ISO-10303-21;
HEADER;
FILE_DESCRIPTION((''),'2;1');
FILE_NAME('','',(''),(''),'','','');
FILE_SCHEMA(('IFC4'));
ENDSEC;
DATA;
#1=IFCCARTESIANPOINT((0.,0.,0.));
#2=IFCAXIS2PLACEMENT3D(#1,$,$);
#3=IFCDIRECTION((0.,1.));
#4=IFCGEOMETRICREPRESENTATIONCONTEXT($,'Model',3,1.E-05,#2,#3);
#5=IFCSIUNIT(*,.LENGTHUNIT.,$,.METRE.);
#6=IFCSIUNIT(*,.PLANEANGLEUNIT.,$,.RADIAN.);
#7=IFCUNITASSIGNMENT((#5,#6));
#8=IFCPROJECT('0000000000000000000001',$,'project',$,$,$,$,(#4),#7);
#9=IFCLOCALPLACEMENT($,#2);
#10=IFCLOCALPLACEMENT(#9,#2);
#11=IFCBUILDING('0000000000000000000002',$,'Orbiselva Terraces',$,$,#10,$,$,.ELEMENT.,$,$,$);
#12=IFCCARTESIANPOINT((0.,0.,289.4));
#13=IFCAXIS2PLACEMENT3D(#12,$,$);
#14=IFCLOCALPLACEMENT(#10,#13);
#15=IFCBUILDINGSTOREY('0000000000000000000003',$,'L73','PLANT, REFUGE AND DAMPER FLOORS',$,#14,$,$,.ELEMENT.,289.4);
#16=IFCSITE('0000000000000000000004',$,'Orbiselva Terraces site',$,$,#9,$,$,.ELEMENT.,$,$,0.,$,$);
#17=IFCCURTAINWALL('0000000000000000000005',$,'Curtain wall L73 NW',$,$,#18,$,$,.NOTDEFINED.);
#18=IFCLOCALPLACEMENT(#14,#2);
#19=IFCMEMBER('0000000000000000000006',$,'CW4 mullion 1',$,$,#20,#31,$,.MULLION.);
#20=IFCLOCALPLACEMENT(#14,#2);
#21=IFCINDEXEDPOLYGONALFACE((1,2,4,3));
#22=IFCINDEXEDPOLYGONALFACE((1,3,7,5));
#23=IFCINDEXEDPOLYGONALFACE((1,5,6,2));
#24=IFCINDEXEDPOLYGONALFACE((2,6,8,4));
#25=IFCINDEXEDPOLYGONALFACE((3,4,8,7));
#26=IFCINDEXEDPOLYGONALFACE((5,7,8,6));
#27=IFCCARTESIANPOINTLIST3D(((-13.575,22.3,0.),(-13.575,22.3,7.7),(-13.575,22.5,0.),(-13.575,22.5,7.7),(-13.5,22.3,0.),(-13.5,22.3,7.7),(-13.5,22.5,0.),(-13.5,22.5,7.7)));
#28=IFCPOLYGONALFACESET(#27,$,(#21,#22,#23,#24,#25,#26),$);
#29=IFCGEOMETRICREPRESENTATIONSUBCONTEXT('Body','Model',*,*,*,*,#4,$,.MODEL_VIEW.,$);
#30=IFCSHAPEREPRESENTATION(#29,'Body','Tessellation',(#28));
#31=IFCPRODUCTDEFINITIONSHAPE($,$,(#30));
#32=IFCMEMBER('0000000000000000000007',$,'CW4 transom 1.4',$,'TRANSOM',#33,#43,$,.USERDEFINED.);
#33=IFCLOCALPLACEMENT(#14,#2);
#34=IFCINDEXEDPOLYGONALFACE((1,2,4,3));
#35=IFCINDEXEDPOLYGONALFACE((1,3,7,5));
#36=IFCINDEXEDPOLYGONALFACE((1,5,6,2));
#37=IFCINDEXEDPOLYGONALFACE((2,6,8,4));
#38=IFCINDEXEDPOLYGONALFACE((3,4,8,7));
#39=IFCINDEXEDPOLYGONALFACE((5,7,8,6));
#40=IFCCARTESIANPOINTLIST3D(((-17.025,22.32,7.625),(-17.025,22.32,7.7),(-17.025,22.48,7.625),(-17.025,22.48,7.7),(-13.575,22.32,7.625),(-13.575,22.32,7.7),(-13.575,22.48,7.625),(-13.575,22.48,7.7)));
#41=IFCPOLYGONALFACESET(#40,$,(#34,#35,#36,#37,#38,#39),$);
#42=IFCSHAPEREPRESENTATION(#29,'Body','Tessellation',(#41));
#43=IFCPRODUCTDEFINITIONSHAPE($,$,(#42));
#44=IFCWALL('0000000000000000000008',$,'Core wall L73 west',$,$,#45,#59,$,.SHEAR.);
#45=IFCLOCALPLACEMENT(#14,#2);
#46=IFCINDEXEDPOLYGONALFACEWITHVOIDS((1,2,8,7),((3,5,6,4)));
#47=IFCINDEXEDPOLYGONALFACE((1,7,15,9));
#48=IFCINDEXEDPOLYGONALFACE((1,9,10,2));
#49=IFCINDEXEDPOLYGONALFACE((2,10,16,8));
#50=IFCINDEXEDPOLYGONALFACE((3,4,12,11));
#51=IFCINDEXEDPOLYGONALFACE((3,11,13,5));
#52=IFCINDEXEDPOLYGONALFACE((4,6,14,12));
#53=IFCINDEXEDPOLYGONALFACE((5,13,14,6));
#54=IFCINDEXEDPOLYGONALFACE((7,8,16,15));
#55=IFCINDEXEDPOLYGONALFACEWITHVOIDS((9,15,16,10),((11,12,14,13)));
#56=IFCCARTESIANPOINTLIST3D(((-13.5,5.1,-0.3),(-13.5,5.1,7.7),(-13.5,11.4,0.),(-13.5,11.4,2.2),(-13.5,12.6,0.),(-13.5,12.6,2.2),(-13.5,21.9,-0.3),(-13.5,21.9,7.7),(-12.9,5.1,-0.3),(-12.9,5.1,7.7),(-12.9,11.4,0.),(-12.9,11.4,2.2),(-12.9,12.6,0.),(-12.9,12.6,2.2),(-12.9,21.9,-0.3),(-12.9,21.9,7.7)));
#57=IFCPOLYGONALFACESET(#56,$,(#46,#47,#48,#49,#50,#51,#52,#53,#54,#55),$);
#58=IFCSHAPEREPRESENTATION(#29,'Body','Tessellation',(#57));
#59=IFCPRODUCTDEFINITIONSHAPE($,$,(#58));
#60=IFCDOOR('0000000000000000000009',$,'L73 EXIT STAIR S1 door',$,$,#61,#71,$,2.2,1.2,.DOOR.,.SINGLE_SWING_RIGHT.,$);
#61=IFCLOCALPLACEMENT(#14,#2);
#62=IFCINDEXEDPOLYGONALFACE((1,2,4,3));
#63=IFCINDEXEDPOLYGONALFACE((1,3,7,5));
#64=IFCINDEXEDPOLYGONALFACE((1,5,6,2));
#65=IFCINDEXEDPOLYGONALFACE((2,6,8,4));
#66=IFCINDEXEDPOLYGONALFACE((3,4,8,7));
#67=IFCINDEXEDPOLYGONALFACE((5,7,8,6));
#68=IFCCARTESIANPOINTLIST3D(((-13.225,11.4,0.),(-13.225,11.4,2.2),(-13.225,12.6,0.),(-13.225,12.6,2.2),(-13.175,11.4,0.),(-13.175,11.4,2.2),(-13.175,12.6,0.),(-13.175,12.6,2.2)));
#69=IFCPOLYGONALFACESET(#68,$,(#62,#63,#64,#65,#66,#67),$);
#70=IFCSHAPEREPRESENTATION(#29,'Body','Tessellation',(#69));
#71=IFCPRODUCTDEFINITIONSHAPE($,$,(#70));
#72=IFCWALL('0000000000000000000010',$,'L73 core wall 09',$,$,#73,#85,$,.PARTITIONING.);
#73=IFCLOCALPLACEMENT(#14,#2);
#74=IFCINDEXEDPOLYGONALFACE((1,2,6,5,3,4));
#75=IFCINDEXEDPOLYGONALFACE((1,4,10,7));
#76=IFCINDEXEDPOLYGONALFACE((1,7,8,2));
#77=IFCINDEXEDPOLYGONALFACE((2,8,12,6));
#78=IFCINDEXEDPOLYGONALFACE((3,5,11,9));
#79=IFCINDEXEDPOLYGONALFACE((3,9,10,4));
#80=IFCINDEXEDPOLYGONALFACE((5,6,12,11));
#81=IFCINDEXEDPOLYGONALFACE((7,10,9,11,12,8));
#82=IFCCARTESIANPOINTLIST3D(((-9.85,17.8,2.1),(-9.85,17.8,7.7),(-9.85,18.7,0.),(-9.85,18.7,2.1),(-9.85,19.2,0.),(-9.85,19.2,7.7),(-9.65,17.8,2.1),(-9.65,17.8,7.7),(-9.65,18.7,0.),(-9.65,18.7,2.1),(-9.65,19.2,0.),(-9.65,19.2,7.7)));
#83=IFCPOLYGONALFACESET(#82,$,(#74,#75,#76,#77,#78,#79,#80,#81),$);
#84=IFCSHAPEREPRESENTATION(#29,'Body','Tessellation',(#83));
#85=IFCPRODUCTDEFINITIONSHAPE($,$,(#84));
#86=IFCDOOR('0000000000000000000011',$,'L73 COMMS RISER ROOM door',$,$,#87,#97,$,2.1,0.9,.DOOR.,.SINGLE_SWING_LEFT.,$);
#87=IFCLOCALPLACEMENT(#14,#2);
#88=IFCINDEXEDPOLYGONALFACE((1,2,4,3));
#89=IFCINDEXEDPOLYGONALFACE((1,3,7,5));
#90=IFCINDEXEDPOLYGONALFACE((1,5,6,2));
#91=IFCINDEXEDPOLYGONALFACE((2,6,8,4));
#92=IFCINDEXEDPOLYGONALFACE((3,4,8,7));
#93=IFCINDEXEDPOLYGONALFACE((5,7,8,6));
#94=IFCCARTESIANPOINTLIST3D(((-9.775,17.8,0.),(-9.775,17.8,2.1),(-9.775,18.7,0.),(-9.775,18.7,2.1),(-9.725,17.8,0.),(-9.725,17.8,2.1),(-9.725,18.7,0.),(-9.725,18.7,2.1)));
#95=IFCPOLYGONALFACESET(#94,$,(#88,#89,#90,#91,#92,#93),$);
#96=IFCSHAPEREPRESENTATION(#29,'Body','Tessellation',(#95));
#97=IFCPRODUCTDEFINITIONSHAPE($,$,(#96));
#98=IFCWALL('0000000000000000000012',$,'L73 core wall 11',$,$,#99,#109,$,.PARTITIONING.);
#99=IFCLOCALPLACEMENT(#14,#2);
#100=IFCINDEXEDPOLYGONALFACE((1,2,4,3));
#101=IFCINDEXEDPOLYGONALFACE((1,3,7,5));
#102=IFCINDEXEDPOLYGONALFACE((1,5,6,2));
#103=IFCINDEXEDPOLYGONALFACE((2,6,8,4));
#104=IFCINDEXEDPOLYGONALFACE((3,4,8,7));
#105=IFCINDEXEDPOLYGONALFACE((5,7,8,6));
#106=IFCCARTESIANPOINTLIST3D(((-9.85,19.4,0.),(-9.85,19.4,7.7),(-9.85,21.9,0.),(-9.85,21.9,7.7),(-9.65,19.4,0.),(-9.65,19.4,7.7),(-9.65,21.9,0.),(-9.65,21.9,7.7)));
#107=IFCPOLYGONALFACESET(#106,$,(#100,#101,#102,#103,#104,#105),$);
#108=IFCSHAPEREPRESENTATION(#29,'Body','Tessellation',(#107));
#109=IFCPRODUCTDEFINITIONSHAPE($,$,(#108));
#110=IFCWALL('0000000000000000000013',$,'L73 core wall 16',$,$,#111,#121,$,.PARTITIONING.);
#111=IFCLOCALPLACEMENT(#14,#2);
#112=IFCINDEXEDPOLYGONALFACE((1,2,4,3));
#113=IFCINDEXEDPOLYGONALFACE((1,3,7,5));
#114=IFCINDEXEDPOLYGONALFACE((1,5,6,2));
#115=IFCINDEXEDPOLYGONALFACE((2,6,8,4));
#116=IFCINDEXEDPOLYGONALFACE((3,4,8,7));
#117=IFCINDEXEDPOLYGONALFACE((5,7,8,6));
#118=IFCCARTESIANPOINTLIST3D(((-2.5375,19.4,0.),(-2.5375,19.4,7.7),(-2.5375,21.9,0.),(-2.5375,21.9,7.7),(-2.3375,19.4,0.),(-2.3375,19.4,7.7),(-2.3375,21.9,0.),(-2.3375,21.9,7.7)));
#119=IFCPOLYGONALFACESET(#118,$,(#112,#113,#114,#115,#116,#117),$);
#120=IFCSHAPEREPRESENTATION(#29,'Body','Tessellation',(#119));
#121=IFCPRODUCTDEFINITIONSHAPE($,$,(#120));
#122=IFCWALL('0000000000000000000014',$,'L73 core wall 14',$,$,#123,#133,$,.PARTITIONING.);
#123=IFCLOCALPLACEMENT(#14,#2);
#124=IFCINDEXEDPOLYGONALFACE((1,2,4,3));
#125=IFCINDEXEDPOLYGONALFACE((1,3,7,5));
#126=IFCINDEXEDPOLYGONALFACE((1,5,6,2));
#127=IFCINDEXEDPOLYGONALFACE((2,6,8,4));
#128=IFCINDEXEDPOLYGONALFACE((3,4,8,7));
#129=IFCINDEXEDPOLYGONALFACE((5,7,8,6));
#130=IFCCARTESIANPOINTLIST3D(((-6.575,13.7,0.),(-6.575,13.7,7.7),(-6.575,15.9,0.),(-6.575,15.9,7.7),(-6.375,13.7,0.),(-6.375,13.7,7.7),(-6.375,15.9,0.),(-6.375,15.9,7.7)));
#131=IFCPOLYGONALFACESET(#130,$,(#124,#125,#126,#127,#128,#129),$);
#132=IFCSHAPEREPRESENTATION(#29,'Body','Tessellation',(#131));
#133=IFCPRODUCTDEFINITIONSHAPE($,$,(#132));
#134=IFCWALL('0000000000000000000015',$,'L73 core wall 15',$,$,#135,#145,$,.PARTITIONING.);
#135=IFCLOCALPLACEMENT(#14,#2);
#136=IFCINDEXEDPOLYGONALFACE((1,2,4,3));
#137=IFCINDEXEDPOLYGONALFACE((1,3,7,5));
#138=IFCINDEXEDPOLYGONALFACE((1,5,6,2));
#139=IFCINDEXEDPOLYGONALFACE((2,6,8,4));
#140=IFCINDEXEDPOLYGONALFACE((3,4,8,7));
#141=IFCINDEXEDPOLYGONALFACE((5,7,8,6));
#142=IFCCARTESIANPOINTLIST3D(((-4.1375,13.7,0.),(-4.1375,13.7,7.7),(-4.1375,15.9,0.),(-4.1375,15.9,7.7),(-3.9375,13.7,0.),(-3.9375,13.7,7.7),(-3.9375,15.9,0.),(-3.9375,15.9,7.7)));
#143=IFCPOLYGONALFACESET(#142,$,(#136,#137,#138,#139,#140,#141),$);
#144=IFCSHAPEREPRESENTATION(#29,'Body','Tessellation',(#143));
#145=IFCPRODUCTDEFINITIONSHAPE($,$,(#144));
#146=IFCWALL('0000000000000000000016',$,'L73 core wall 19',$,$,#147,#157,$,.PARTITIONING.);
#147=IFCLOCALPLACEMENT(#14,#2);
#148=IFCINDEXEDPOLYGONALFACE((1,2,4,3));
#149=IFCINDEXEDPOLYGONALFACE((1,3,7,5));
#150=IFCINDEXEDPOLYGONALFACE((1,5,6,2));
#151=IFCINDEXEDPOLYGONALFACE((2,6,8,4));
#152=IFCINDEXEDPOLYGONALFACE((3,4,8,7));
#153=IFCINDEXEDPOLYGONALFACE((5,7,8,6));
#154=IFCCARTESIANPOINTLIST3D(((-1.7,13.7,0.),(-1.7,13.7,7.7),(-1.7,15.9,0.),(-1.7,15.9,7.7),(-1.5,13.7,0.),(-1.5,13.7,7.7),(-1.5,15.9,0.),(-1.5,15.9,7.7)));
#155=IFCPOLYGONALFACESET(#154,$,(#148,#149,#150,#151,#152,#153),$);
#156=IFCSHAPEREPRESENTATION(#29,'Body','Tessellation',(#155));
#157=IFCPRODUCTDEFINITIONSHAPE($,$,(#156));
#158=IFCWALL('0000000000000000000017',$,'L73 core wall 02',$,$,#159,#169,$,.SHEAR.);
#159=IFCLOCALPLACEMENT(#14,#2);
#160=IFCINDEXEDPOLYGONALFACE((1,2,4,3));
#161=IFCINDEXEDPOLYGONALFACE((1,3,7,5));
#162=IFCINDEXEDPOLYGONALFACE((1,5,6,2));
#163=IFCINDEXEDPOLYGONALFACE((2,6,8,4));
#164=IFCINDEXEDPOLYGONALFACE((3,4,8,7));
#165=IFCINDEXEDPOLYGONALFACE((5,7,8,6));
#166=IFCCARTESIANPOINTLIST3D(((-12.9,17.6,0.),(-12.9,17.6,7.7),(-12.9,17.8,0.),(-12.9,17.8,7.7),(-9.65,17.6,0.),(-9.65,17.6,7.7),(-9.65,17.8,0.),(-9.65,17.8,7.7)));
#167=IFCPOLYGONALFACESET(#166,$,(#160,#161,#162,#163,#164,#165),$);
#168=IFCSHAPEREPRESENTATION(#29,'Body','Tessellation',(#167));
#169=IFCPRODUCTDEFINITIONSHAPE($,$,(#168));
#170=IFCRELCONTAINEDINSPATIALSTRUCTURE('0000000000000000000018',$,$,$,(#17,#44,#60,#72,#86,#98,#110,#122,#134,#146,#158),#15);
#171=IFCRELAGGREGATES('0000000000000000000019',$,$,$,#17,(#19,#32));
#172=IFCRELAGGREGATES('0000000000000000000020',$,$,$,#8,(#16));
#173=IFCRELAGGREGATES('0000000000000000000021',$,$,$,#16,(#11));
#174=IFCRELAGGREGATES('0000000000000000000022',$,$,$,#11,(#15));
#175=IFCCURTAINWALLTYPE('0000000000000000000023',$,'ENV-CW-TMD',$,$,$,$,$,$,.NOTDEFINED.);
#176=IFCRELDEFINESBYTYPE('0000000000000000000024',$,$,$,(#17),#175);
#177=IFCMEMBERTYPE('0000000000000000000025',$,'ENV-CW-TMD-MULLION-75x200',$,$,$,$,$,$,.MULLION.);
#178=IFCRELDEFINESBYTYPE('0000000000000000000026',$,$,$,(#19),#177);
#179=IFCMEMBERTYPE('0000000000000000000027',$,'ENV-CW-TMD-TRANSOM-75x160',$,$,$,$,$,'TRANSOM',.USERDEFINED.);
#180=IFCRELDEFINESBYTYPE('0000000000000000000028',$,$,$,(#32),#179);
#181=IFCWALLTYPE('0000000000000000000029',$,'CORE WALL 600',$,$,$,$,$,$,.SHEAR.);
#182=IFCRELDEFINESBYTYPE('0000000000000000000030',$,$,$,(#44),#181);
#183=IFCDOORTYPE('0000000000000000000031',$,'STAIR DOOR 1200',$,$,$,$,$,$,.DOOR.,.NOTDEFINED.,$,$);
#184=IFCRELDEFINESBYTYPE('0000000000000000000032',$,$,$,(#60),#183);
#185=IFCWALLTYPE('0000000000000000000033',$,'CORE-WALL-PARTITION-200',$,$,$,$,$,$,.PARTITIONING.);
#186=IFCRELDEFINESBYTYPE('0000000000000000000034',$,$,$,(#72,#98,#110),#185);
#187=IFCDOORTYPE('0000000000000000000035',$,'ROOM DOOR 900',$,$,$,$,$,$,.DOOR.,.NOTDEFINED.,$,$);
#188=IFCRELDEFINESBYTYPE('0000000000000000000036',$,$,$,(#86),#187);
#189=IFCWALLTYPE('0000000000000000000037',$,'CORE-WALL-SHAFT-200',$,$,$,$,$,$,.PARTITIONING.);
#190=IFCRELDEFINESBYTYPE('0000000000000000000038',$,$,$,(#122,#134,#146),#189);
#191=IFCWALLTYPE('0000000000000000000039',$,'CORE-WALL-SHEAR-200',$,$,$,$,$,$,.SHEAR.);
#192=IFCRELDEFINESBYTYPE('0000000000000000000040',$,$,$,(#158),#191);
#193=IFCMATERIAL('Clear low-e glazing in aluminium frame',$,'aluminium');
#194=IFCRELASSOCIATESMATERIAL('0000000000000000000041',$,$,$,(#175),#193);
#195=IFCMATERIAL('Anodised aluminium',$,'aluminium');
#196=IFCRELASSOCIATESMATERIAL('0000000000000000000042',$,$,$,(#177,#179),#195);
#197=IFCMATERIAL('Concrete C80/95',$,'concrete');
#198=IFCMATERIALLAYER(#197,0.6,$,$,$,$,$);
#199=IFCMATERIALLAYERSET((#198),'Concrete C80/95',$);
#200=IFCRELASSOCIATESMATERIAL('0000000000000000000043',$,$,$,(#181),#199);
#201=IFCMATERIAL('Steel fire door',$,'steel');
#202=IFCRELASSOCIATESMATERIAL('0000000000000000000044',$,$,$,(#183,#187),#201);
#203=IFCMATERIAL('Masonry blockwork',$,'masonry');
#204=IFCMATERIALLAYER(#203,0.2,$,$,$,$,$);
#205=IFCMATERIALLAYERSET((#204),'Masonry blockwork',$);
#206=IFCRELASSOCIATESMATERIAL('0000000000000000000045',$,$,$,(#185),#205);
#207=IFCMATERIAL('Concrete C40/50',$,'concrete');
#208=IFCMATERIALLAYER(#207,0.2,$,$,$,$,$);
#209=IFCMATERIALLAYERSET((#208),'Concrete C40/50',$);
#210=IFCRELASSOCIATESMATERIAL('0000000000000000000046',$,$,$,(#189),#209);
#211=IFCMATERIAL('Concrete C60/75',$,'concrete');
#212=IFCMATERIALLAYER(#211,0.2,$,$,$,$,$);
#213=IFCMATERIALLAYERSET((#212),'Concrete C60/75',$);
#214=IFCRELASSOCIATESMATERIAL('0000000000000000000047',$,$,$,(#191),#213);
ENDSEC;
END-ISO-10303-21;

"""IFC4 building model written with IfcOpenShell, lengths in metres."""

from ifc_helpers import new_model, si_unit, direction, frame, frame_2d, origin, origin_2d, place, context, subcontext, project, spatial, rectangle, extrude, material, layer, layer_set, material_profile, profile_set, type_object, element, fill, aggregate, save


model = new_model("IFC4")

# Units and contexts
model_context = context("Model", 3, precision=1e-05, world=origin(), true_north=direction((0.0, 1.0)))
body_context = subcontext(model_context, "Body", "Model", "MODEL_VIEW")
ifc_project = project(units=[si_unit("LENGTHUNIT", "METRE"), si_unit("PLANEANGLEUNIT", "RADIAN")], contexts=[model_context])

# Site, building, storey
site_placement = place(None, origin())
site = spatial("IfcSite", under=ifc_project, at=site_placement, Name="Orbiselva Terraces site", CompositionType="ELEMENT", RefElevation=0.0)
building_placement = place(site_placement, origin())
building = spatial("IfcBuilding", under=site, at=building_placement, Name="Orbiselva Terraces", CompositionType="ELEMENT")
storey_placement = place(building_placement, frame((0.0, 0.0, 289.4)))
storey = spatial("IfcBuildingStorey", under=building, at=storey_placement, Name="L73", Description="PLANT, REFUGE AND DAMPER FLOORS", CompositionType="ELEMENT", Elevation=289.4)

# Curtain wall, members
ifc_material_1 = material(Name="Clear low-e glazing in aluminium frame", Category="aluminium")
curtain_wall_type = type_object("IfcCurtainWallType", Name="ENV-CW-TMD", PredefinedType="NOTDEFINED", material=ifc_material_1)
curtain_wall_placement = place(storey_placement, origin())
curtain_wall = element("IfcCurtainWall", 1, at=curtain_wall_placement, inside=storey, type_object=curtain_wall_type, Name="Curtain wall L73 NW", PredefinedType="NOTDEFINED")
ifc_material_2 = material(Name="Anodised aluminium", Category="aluminium")
ifc_material_profile_1 = material_profile(ifc_material_2, rectangle(XDim=0.2, YDim=0.075, at=origin_2d()), Name="AL 75x200")
ifc_profile_set_1 = profile_set([ifc_material_profile_1], Name="Anodised aluminium")
member_type_1 = type_object("IfcMemberType", Name="ENV-CW-TMD-MULLION-75x200", PredefinedType="MULLION", material=ifc_profile_set_1)
member_1_placement = place(storey_placement, frame((-13.5375, 22.4, 0.0), z_axis=(0.0, 0.0, 1.0), x_axis=(0.0, -1.0, 0.0)))
member_1 = element("IfcMember", 2, at=member_1_placement, type_object=member_type_1, Name="CW4 mullion 1", PredefinedType="MULLION", context=body_context, shape_type="SweptSolid", body=[
    extrude(rectangle(XDim=0.2, YDim=0.075, at=origin_2d()), origin(), (0.0, 0.0, 1.0), 7.7),
])
ifc_material_profile_2 = material_profile(ifc_material_2, rectangle(XDim=0.16, YDim=0.075, at=origin_2d()), Name="AL 75x160")
ifc_profile_set_2 = profile_set([ifc_material_profile_2], Name="Anodised aluminium")
member_type_2 = type_object("IfcMemberType", Name="ENV-CW-TMD-TRANSOM-75x160", ElementType="TRANSOM", PredefinedType="USERDEFINED", material=ifc_profile_set_2)
member_2_placement = place(storey_placement, frame((-13.575, 22.4, 7.6625), z_axis=(-1.0, 0.0, 0.0), x_axis=(0.0, -1.0, 0.0)))
member_2 = element("IfcMember", 3, at=member_2_placement, type_object=member_type_2, Name="CW4 transom 1.4", ObjectType="TRANSOM", PredefinedType="USERDEFINED", context=body_context, shape_type="SweptSolid", body=[
    extrude(rectangle(XDim=0.16, YDim=0.075, at=origin_2d()), origin(), (0.0, 0.0, 1.0), 3.45),
])
aggregate(curtain_wall, [member_1, member_2])

# Walls, openings, doors
ifc_material_3 = material(Name="Concrete C80/95", Category="concrete")
ifc_layer_1 = layer(ifc_material_3, 0.6)
ifc_layer_set_1 = layer_set([ifc_layer_1], Name="Concrete C80/95")
wall_type_1 = type_object("IfcWallType", Name="CORE WALL 600", PredefinedType="SHEAR", material=ifc_layer_set_1)
wall_1_placement = place(storey_placement, frame((-13.2, 21.9, -0.3), z_axis=(0.0, 0.0, 1.0), x_axis=(0.0, -1.0, 0.0)))
wall_1 = element("IfcWall", 4, at=wall_1_placement, inside=storey, type_object=wall_type_1, Name="Core wall L73 west", PredefinedType="SHEAR", context=body_context, shape_type="SweptSolid", body=[
    extrude(rectangle(XDim=16.8, YDim=0.6, at=frame_2d((8.4, 0.0))), origin(), (0.0, 0.0, 1.0), 8.0),
])
opening_1_placement = place(wall_1_placement, frame((9.3, 0.0, 0.3)))
opening_1 = element("IfcOpeningElement", 5, at=opening_1_placement, cuts=wall_1, PredefinedType="OPENING", context=body_context, shape_type="SweptSolid", body=[
    extrude(rectangle(XDim=1.2, YDim=2.2, at=frame_2d((0.6, 1.1))), frame((0.0, 0.31, 0.0), z_axis=(0.0, -1.0, 0.0), x_axis=(1.0, 0.0, 0.0)), (0.0, 0.0, 1.0), 0.62),
])
ifc_material_4 = material(Name="Steel fire door", Category="steel")
door_type_1 = type_object("IfcDoorType", Name="STAIR DOOR 1200", OperationType="NOTDEFINED", PredefinedType="DOOR", material=ifc_material_4)
door_1_placement = place(opening_1_placement, frame((1.2, 0.0, 0.0), z_axis=(0.0, 0.0, 1.0), x_axis=(-1.0, 0.0, 0.0)))
door_1 = element("IfcDoor", 6, at=door_1_placement, inside=storey, type_object=door_type_1, Name="L73 EXIT STAIR S1 door", OperationType="SINGLE_SWING_RIGHT", OverallHeight=2.2, OverallWidth=1.2, PredefinedType="DOOR", context=body_context, shape_type="SweptSolid", body=[
    extrude(rectangle(XDim=1.2, YDim=2.2, at=frame_2d((0.6, 1.1))), frame((0.0, 0.025, 0.0), z_axis=(0.0, -1.0, 0.0), x_axis=(1.0, 0.0, 0.0)), (0.0, 0.0, 1.0), 0.05),
])
fill(opening_1, door_1)
ifc_material_5 = material(Name="Masonry blockwork", Category="masonry")
ifc_layer_2 = layer(ifc_material_5, 0.2)
ifc_layer_set_2 = layer_set([ifc_layer_2], Name="Masonry blockwork")
wall_type_2 = type_object("IfcWallType", Name="CORE-WALL-PARTITION-200", PredefinedType="PARTITIONING", material=ifc_layer_set_2)
wall_2_placement = place(storey_placement, frame((-9.75, 17.8, 0.0), z_axis=(0.0, 0.0, 1.0), x_axis=(0.0, 1.0, 0.0)))
wall_2 = element("IfcWall", 7, at=wall_2_placement, inside=storey, type_object=wall_type_2, Name="L73 core wall 09", PredefinedType="PARTITIONING", context=body_context, shape_type="SweptSolid", body=[
    extrude(rectangle(XDim=1.4, YDim=0.2, at=frame_2d((0.7, 0.0))), origin(), (0.0, 0.0, 1.0), 7.7),
])
opening_2_placement = place(wall_2_placement, origin())
opening_2 = element("IfcOpeningElement", 8, at=opening_2_placement, cuts=wall_2, PredefinedType="OPENING", context=body_context, shape_type="SweptSolid", body=[
    extrude(rectangle(XDim=0.9, YDim=2.1, at=frame_2d((0.45, 1.05))), frame((0.0, 0.11, 0.0), z_axis=(0.0, -1.0, 0.0), x_axis=(1.0, 0.0, 0.0)), (0.0, 0.0, 1.0), 0.22),
])
door_type_2 = type_object("IfcDoorType", Name="ROOM DOOR 900", OperationType="NOTDEFINED", PredefinedType="DOOR", material=ifc_material_4)
door_2_placement = place(opening_2_placement, origin())
door_2 = element("IfcDoor", 9, at=door_2_placement, inside=storey, type_object=door_type_2, Name="L73 COMMS RISER ROOM door", OperationType="SINGLE_SWING_LEFT", OverallHeight=2.1, OverallWidth=0.9, PredefinedType="DOOR", context=body_context, shape_type="SweptSolid", body=[
    extrude(rectangle(XDim=0.9, YDim=2.1, at=frame_2d((0.45, 1.05))), frame((0.0, 0.025, 0.0), z_axis=(0.0, -1.0, 0.0), x_axis=(1.0, 0.0, 0.0)), (0.0, 0.0, 1.0), 0.05),
])
fill(opening_2, door_2)

# Walls
for number, where, z_axis, x_axis, name in (
    (10, (-9.75, 19.4, 0.0), (0.0, 0.0, 1.0), (0.0, 1.0, 0.0), "L73 core wall 11"),
    (11, (-2.4375, 19.4, 0.0), (0.0, 0.0, 1.0), (0.0, 1.0, 0.0), "L73 core wall 16"),
):
    element("IfcWall", number, at=place(storey_placement, frame(where, z_axis=z_axis, x_axis=x_axis)), inside=storey, type_object=wall_type_2, Name=name, PredefinedType="PARTITIONING", context=body_context, shape_type="SweptSolid", body=[
        extrude(rectangle(XDim=2.5, YDim=0.2, at=frame_2d((1.25, 0.0))), origin(), (0.0, 0.0, 1.0), 7.7),
    ])
ifc_material_6 = material(Name="Concrete C40/50", Category="concrete")
ifc_layer_3 = layer(ifc_material_6, 0.2)
ifc_layer_set_3 = layer_set([ifc_layer_3], Name="Concrete C40/50")
wall_type_3 = type_object("IfcWallType", Name="CORE-WALL-SHAFT-200", PredefinedType="PARTITIONING", material=ifc_layer_set_3)
for number, where, z_axis, x_axis, name in (
    (12, (-6.475, 13.7, 0.0), (0.0, 0.0, 1.0), (0.0, 1.0, 0.0), "L73 core wall 14"),
    (13, (-4.0375, 13.7, 0.0), (0.0, 0.0, 1.0), (0.0, 1.0, 0.0), "L73 core wall 15"),
    (14, (-1.6, 13.7, 0.0), (0.0, 0.0, 1.0), (0.0, 1.0, 0.0), "L73 core wall 19"),
):
    element("IfcWall", number, at=place(storey_placement, frame(where, z_axis=z_axis, x_axis=x_axis)), inside=storey, type_object=wall_type_3, Name=name, PredefinedType="PARTITIONING", context=body_context, shape_type="SweptSolid", body=[
        extrude(rectangle(XDim=2.2, YDim=0.2, at=frame_2d((1.1, 0.0))), origin(), (0.0, 0.0, 1.0), 7.7),
    ])
ifc_material_7 = material(Name="Concrete C60/75", Category="concrete")
ifc_layer_4 = layer(ifc_material_7, 0.2)
ifc_layer_set_4 = layer_set([ifc_layer_4], Name="Concrete C60/75")
wall_type_4 = type_object("IfcWallType", Name="CORE-WALL-SHEAR-200", PredefinedType="SHEAR", material=ifc_layer_set_4)
wall_3_placement = place(storey_placement, frame((-12.9, 17.7, 0.0), z_axis=(0.0, 0.0, 1.0), x_axis=(1.0, 0.0, 0.0)))
element("IfcWall", 15, at=wall_3_placement, inside=storey, type_object=wall_type_4, Name="L73 core wall 02", PredefinedType="SHEAR", context=body_context, shape_type="SweptSolid", body=[
    extrude(rectangle(XDim=3.25, YDim=0.2, at=frame_2d((1.625, 0.0))), origin(), (0.0, 0.0, 1.0), 7.7),
])

save(model, "model.ifc")
